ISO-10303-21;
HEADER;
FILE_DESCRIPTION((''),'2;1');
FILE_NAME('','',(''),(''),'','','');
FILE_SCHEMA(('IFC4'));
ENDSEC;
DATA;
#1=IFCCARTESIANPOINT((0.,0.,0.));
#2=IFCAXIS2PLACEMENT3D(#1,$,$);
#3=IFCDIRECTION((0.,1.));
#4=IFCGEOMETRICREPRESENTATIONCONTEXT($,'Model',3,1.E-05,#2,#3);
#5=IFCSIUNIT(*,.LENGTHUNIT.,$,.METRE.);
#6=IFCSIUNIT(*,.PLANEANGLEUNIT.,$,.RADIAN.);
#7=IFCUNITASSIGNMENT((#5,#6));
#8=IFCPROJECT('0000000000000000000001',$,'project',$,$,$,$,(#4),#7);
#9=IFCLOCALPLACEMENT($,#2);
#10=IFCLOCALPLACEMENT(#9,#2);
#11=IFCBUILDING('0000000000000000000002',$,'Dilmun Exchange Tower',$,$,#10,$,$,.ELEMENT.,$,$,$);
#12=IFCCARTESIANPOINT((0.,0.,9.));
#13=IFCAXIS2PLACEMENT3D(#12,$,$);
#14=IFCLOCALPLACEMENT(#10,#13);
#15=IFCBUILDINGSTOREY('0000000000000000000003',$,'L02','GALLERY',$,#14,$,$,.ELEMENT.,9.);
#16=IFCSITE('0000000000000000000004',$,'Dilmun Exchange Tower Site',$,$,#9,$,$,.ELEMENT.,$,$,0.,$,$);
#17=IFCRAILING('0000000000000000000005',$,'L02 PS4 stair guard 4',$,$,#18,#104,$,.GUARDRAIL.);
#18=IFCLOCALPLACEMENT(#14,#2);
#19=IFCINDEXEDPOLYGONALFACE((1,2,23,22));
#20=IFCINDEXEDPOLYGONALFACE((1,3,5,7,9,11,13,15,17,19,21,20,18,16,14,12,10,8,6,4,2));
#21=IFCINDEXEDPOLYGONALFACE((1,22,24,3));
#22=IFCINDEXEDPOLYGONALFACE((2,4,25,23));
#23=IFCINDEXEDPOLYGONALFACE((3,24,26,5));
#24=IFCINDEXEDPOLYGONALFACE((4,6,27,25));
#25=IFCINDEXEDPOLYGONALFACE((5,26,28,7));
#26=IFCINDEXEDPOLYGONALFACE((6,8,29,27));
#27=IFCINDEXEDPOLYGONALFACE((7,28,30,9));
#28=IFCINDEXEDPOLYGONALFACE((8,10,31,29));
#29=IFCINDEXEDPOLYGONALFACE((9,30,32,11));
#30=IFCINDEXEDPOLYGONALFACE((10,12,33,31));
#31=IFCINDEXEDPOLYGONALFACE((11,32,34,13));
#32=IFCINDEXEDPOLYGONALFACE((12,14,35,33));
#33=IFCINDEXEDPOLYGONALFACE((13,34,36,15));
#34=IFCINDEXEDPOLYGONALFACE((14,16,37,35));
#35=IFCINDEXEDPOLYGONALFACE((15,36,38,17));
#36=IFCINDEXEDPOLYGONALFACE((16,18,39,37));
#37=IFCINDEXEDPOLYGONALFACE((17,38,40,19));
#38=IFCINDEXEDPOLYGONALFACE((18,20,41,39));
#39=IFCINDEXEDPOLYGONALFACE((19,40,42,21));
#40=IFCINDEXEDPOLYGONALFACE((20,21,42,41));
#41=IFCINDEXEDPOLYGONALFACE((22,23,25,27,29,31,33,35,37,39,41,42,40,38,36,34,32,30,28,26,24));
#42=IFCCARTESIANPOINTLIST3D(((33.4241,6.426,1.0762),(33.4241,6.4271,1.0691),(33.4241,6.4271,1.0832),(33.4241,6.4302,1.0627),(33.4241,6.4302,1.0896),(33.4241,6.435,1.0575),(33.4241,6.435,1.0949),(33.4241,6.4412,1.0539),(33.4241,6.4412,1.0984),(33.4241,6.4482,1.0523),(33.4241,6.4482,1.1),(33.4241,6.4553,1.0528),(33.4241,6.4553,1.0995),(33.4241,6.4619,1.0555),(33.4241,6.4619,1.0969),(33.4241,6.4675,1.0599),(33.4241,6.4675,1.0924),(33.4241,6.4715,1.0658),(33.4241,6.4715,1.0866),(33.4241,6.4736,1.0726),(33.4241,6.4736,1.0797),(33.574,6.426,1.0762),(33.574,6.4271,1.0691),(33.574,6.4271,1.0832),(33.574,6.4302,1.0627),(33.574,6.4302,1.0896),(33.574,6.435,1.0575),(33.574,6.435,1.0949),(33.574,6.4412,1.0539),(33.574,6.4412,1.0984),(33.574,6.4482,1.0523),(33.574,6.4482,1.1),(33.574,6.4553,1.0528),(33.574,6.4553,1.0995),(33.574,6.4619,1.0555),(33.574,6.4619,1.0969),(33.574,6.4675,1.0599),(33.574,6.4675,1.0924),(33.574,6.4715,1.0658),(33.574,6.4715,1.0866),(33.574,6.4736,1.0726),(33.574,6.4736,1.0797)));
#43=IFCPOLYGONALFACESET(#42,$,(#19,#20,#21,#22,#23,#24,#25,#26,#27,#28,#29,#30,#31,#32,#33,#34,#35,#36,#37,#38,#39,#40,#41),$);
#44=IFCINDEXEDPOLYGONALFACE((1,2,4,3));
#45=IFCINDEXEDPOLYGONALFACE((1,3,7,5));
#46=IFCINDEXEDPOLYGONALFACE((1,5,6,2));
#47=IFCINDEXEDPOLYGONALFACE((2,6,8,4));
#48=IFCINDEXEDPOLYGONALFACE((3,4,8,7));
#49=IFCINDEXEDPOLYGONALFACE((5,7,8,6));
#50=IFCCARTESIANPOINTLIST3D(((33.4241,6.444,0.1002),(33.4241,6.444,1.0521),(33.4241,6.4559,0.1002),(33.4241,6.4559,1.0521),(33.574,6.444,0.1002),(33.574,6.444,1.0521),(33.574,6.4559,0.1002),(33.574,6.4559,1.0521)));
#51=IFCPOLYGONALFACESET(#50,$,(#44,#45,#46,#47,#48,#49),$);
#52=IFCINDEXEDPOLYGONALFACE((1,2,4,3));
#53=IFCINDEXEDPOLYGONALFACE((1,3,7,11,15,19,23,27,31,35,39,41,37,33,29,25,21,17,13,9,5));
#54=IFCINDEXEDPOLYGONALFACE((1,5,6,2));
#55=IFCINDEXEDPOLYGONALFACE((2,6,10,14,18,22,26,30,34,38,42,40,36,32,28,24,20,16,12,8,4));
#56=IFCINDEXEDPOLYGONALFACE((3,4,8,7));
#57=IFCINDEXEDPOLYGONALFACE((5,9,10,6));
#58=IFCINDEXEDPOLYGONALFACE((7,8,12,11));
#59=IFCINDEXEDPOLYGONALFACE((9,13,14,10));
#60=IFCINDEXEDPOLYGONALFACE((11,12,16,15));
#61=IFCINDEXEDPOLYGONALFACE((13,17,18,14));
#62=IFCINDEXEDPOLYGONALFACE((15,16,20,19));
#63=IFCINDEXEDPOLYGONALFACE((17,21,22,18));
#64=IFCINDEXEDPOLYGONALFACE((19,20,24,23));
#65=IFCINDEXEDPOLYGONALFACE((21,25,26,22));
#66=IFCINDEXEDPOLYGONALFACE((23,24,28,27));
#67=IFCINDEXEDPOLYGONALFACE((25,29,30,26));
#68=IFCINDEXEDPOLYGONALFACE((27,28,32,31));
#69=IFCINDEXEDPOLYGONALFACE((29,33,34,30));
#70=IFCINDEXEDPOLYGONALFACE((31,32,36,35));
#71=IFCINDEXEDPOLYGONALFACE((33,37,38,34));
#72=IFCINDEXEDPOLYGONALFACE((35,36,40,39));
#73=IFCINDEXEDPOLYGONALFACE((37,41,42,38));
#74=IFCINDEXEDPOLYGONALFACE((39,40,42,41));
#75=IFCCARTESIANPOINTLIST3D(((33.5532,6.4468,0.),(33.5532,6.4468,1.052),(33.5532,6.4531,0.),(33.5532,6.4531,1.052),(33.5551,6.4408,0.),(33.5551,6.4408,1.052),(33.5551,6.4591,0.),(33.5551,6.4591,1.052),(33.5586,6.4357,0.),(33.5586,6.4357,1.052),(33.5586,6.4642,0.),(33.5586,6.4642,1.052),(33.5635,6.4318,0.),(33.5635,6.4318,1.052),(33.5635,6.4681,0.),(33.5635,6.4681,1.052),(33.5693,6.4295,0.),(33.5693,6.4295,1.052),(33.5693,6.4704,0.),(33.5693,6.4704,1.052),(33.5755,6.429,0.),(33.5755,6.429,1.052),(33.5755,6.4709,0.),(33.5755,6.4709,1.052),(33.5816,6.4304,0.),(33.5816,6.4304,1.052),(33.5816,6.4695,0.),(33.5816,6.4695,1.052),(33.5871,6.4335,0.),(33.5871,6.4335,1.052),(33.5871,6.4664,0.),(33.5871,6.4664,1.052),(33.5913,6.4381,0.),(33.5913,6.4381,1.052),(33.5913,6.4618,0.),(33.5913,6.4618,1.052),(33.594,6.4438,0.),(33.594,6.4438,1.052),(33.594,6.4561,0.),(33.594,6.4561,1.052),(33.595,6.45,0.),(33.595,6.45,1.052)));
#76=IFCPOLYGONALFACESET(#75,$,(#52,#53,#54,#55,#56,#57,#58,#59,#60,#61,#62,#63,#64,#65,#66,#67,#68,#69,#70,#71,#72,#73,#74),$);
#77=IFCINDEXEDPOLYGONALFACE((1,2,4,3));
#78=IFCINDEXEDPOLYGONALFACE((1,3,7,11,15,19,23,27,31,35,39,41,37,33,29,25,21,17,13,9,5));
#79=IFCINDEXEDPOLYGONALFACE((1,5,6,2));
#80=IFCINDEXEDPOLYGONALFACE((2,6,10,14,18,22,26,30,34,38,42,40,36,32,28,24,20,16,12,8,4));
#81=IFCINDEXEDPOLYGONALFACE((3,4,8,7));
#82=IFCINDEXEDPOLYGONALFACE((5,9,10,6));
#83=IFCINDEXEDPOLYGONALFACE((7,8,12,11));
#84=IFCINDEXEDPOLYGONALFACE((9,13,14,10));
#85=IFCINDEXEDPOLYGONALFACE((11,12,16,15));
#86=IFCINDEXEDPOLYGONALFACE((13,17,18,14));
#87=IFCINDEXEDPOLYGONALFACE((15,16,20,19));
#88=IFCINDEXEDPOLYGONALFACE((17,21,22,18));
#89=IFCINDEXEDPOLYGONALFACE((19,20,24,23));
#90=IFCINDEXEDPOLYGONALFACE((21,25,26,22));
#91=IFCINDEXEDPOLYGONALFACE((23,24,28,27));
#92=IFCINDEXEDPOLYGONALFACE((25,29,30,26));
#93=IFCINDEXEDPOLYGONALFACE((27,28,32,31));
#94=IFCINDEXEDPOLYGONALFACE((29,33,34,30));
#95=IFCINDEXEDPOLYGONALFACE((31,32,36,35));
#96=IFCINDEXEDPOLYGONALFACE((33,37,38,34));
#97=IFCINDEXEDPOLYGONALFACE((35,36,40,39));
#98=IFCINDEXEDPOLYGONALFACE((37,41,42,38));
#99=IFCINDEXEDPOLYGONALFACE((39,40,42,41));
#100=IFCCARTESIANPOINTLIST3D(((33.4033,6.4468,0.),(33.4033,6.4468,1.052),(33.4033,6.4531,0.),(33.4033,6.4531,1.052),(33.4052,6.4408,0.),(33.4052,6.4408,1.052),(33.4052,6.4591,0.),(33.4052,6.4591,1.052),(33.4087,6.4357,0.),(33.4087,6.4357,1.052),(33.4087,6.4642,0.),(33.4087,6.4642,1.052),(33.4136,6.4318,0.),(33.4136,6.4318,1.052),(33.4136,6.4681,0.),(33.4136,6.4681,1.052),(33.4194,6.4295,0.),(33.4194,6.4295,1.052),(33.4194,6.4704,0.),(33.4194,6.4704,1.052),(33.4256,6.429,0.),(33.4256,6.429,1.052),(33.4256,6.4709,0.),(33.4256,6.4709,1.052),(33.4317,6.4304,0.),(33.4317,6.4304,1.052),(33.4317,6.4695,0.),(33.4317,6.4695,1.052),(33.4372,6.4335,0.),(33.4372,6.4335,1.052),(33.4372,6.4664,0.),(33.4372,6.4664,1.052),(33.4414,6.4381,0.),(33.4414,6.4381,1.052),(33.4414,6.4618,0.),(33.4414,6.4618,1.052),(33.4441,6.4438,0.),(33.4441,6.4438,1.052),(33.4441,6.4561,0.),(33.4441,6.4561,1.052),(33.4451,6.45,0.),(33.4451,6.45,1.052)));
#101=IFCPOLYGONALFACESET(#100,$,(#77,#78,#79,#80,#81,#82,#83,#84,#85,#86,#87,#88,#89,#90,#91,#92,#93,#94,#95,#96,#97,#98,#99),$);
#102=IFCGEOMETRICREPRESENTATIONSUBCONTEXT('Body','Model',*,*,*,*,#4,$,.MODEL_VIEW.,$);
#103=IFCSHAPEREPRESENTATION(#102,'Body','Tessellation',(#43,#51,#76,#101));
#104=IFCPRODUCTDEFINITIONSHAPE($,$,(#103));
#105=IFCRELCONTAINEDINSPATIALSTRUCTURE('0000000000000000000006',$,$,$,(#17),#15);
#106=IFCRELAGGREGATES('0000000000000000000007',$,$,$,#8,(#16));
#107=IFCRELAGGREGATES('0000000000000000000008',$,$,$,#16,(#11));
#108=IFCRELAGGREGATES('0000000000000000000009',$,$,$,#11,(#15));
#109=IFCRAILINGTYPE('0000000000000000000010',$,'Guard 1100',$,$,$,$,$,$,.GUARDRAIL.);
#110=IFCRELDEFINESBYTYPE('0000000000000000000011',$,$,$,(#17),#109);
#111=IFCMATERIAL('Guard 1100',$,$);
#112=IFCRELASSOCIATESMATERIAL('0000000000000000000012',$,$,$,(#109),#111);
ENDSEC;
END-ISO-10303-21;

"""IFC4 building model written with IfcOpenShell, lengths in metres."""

from ifc_helpers import new_model, si_unit, direction, frame, origin, origin_2d, place, context, subcontext, project, spatial, rectangle, circle, extrude, material, type_object, element, save


model = new_model("IFC4")

# Units and contexts
model_context = context("Model", 3, precision=1e-05, world=origin(), true_north=direction((0.0, 1.0)))
body_context = subcontext(model_context, "Body", "Model", "MODEL_VIEW")
ifc_project = project(units=[si_unit("LENGTHUNIT", "METRE"), si_unit("PLANEANGLEUNIT", "RADIAN")], contexts=[model_context])

# Site, building, storey
site_placement = place(None, origin())
site = spatial("IfcSite", under=ifc_project, at=site_placement, Name="Dilmun Exchange Tower Site", CompositionType="ELEMENT", RefElevation=0.0)
building_placement = place(site_placement, origin())
building = spatial("IfcBuilding", under=site, at=building_placement, Name="Dilmun Exchange Tower", CompositionType="ELEMENT")
storey_placement = place(building_placement, frame((0.0, 0.0, 9.0)))
storey = spatial("IfcBuildingStorey", under=building, at=storey_placement, Name="L02", Description="GALLERY", CompositionType="ELEMENT", Elevation=9.0)

# Railing
ifc_material_1 = material(Name="Guard 1100")
railing_type_1 = type_object("IfcRailingType", Name="Guard 1100", PredefinedType="GUARDRAIL", material=ifc_material_1)
railing_1_placement = place(storey_placement, frame((33.574, 6.45, 0.0)))
element("IfcRailing", 1, at=railing_1_placement, inside=storey, type_object=railing_type_1, Name="L02 PS4 stair guard 4", PredefinedType="GUARDRAIL", context=body_context, shape_type="SweptSolid", body=[
    extrude(circle(Radius=0.0239, at=origin_2d()), frame((0.0, 0.0, 1.0762), z_axis=(-1.0, 0.0, 0.0), x_axis=(0.0, -1.0, 0.0)), (0.0, 0.0, 1.0), 0.1499),
    extrude(rectangle(XDim=0.012, YDim=0.9519, at=origin_2d()), frame((0.0, 0.0, 0.5762), z_axis=(-1.0, 0.0, 0.0), x_axis=(0.0, -1.0, 0.0)), (0.0, 0.0, 1.0), 0.1499),
    extrude(circle(Radius=0.021, at=origin_2d()), origin(), (0.0, 0.0, 1.0), 1.052),
    extrude(circle(Radius=0.021, at=origin_2d()), frame((-0.1499, 0.0, 0.0)), (0.0, 0.0, 1.0), 1.052),
])

save(model, "model.ifc")
